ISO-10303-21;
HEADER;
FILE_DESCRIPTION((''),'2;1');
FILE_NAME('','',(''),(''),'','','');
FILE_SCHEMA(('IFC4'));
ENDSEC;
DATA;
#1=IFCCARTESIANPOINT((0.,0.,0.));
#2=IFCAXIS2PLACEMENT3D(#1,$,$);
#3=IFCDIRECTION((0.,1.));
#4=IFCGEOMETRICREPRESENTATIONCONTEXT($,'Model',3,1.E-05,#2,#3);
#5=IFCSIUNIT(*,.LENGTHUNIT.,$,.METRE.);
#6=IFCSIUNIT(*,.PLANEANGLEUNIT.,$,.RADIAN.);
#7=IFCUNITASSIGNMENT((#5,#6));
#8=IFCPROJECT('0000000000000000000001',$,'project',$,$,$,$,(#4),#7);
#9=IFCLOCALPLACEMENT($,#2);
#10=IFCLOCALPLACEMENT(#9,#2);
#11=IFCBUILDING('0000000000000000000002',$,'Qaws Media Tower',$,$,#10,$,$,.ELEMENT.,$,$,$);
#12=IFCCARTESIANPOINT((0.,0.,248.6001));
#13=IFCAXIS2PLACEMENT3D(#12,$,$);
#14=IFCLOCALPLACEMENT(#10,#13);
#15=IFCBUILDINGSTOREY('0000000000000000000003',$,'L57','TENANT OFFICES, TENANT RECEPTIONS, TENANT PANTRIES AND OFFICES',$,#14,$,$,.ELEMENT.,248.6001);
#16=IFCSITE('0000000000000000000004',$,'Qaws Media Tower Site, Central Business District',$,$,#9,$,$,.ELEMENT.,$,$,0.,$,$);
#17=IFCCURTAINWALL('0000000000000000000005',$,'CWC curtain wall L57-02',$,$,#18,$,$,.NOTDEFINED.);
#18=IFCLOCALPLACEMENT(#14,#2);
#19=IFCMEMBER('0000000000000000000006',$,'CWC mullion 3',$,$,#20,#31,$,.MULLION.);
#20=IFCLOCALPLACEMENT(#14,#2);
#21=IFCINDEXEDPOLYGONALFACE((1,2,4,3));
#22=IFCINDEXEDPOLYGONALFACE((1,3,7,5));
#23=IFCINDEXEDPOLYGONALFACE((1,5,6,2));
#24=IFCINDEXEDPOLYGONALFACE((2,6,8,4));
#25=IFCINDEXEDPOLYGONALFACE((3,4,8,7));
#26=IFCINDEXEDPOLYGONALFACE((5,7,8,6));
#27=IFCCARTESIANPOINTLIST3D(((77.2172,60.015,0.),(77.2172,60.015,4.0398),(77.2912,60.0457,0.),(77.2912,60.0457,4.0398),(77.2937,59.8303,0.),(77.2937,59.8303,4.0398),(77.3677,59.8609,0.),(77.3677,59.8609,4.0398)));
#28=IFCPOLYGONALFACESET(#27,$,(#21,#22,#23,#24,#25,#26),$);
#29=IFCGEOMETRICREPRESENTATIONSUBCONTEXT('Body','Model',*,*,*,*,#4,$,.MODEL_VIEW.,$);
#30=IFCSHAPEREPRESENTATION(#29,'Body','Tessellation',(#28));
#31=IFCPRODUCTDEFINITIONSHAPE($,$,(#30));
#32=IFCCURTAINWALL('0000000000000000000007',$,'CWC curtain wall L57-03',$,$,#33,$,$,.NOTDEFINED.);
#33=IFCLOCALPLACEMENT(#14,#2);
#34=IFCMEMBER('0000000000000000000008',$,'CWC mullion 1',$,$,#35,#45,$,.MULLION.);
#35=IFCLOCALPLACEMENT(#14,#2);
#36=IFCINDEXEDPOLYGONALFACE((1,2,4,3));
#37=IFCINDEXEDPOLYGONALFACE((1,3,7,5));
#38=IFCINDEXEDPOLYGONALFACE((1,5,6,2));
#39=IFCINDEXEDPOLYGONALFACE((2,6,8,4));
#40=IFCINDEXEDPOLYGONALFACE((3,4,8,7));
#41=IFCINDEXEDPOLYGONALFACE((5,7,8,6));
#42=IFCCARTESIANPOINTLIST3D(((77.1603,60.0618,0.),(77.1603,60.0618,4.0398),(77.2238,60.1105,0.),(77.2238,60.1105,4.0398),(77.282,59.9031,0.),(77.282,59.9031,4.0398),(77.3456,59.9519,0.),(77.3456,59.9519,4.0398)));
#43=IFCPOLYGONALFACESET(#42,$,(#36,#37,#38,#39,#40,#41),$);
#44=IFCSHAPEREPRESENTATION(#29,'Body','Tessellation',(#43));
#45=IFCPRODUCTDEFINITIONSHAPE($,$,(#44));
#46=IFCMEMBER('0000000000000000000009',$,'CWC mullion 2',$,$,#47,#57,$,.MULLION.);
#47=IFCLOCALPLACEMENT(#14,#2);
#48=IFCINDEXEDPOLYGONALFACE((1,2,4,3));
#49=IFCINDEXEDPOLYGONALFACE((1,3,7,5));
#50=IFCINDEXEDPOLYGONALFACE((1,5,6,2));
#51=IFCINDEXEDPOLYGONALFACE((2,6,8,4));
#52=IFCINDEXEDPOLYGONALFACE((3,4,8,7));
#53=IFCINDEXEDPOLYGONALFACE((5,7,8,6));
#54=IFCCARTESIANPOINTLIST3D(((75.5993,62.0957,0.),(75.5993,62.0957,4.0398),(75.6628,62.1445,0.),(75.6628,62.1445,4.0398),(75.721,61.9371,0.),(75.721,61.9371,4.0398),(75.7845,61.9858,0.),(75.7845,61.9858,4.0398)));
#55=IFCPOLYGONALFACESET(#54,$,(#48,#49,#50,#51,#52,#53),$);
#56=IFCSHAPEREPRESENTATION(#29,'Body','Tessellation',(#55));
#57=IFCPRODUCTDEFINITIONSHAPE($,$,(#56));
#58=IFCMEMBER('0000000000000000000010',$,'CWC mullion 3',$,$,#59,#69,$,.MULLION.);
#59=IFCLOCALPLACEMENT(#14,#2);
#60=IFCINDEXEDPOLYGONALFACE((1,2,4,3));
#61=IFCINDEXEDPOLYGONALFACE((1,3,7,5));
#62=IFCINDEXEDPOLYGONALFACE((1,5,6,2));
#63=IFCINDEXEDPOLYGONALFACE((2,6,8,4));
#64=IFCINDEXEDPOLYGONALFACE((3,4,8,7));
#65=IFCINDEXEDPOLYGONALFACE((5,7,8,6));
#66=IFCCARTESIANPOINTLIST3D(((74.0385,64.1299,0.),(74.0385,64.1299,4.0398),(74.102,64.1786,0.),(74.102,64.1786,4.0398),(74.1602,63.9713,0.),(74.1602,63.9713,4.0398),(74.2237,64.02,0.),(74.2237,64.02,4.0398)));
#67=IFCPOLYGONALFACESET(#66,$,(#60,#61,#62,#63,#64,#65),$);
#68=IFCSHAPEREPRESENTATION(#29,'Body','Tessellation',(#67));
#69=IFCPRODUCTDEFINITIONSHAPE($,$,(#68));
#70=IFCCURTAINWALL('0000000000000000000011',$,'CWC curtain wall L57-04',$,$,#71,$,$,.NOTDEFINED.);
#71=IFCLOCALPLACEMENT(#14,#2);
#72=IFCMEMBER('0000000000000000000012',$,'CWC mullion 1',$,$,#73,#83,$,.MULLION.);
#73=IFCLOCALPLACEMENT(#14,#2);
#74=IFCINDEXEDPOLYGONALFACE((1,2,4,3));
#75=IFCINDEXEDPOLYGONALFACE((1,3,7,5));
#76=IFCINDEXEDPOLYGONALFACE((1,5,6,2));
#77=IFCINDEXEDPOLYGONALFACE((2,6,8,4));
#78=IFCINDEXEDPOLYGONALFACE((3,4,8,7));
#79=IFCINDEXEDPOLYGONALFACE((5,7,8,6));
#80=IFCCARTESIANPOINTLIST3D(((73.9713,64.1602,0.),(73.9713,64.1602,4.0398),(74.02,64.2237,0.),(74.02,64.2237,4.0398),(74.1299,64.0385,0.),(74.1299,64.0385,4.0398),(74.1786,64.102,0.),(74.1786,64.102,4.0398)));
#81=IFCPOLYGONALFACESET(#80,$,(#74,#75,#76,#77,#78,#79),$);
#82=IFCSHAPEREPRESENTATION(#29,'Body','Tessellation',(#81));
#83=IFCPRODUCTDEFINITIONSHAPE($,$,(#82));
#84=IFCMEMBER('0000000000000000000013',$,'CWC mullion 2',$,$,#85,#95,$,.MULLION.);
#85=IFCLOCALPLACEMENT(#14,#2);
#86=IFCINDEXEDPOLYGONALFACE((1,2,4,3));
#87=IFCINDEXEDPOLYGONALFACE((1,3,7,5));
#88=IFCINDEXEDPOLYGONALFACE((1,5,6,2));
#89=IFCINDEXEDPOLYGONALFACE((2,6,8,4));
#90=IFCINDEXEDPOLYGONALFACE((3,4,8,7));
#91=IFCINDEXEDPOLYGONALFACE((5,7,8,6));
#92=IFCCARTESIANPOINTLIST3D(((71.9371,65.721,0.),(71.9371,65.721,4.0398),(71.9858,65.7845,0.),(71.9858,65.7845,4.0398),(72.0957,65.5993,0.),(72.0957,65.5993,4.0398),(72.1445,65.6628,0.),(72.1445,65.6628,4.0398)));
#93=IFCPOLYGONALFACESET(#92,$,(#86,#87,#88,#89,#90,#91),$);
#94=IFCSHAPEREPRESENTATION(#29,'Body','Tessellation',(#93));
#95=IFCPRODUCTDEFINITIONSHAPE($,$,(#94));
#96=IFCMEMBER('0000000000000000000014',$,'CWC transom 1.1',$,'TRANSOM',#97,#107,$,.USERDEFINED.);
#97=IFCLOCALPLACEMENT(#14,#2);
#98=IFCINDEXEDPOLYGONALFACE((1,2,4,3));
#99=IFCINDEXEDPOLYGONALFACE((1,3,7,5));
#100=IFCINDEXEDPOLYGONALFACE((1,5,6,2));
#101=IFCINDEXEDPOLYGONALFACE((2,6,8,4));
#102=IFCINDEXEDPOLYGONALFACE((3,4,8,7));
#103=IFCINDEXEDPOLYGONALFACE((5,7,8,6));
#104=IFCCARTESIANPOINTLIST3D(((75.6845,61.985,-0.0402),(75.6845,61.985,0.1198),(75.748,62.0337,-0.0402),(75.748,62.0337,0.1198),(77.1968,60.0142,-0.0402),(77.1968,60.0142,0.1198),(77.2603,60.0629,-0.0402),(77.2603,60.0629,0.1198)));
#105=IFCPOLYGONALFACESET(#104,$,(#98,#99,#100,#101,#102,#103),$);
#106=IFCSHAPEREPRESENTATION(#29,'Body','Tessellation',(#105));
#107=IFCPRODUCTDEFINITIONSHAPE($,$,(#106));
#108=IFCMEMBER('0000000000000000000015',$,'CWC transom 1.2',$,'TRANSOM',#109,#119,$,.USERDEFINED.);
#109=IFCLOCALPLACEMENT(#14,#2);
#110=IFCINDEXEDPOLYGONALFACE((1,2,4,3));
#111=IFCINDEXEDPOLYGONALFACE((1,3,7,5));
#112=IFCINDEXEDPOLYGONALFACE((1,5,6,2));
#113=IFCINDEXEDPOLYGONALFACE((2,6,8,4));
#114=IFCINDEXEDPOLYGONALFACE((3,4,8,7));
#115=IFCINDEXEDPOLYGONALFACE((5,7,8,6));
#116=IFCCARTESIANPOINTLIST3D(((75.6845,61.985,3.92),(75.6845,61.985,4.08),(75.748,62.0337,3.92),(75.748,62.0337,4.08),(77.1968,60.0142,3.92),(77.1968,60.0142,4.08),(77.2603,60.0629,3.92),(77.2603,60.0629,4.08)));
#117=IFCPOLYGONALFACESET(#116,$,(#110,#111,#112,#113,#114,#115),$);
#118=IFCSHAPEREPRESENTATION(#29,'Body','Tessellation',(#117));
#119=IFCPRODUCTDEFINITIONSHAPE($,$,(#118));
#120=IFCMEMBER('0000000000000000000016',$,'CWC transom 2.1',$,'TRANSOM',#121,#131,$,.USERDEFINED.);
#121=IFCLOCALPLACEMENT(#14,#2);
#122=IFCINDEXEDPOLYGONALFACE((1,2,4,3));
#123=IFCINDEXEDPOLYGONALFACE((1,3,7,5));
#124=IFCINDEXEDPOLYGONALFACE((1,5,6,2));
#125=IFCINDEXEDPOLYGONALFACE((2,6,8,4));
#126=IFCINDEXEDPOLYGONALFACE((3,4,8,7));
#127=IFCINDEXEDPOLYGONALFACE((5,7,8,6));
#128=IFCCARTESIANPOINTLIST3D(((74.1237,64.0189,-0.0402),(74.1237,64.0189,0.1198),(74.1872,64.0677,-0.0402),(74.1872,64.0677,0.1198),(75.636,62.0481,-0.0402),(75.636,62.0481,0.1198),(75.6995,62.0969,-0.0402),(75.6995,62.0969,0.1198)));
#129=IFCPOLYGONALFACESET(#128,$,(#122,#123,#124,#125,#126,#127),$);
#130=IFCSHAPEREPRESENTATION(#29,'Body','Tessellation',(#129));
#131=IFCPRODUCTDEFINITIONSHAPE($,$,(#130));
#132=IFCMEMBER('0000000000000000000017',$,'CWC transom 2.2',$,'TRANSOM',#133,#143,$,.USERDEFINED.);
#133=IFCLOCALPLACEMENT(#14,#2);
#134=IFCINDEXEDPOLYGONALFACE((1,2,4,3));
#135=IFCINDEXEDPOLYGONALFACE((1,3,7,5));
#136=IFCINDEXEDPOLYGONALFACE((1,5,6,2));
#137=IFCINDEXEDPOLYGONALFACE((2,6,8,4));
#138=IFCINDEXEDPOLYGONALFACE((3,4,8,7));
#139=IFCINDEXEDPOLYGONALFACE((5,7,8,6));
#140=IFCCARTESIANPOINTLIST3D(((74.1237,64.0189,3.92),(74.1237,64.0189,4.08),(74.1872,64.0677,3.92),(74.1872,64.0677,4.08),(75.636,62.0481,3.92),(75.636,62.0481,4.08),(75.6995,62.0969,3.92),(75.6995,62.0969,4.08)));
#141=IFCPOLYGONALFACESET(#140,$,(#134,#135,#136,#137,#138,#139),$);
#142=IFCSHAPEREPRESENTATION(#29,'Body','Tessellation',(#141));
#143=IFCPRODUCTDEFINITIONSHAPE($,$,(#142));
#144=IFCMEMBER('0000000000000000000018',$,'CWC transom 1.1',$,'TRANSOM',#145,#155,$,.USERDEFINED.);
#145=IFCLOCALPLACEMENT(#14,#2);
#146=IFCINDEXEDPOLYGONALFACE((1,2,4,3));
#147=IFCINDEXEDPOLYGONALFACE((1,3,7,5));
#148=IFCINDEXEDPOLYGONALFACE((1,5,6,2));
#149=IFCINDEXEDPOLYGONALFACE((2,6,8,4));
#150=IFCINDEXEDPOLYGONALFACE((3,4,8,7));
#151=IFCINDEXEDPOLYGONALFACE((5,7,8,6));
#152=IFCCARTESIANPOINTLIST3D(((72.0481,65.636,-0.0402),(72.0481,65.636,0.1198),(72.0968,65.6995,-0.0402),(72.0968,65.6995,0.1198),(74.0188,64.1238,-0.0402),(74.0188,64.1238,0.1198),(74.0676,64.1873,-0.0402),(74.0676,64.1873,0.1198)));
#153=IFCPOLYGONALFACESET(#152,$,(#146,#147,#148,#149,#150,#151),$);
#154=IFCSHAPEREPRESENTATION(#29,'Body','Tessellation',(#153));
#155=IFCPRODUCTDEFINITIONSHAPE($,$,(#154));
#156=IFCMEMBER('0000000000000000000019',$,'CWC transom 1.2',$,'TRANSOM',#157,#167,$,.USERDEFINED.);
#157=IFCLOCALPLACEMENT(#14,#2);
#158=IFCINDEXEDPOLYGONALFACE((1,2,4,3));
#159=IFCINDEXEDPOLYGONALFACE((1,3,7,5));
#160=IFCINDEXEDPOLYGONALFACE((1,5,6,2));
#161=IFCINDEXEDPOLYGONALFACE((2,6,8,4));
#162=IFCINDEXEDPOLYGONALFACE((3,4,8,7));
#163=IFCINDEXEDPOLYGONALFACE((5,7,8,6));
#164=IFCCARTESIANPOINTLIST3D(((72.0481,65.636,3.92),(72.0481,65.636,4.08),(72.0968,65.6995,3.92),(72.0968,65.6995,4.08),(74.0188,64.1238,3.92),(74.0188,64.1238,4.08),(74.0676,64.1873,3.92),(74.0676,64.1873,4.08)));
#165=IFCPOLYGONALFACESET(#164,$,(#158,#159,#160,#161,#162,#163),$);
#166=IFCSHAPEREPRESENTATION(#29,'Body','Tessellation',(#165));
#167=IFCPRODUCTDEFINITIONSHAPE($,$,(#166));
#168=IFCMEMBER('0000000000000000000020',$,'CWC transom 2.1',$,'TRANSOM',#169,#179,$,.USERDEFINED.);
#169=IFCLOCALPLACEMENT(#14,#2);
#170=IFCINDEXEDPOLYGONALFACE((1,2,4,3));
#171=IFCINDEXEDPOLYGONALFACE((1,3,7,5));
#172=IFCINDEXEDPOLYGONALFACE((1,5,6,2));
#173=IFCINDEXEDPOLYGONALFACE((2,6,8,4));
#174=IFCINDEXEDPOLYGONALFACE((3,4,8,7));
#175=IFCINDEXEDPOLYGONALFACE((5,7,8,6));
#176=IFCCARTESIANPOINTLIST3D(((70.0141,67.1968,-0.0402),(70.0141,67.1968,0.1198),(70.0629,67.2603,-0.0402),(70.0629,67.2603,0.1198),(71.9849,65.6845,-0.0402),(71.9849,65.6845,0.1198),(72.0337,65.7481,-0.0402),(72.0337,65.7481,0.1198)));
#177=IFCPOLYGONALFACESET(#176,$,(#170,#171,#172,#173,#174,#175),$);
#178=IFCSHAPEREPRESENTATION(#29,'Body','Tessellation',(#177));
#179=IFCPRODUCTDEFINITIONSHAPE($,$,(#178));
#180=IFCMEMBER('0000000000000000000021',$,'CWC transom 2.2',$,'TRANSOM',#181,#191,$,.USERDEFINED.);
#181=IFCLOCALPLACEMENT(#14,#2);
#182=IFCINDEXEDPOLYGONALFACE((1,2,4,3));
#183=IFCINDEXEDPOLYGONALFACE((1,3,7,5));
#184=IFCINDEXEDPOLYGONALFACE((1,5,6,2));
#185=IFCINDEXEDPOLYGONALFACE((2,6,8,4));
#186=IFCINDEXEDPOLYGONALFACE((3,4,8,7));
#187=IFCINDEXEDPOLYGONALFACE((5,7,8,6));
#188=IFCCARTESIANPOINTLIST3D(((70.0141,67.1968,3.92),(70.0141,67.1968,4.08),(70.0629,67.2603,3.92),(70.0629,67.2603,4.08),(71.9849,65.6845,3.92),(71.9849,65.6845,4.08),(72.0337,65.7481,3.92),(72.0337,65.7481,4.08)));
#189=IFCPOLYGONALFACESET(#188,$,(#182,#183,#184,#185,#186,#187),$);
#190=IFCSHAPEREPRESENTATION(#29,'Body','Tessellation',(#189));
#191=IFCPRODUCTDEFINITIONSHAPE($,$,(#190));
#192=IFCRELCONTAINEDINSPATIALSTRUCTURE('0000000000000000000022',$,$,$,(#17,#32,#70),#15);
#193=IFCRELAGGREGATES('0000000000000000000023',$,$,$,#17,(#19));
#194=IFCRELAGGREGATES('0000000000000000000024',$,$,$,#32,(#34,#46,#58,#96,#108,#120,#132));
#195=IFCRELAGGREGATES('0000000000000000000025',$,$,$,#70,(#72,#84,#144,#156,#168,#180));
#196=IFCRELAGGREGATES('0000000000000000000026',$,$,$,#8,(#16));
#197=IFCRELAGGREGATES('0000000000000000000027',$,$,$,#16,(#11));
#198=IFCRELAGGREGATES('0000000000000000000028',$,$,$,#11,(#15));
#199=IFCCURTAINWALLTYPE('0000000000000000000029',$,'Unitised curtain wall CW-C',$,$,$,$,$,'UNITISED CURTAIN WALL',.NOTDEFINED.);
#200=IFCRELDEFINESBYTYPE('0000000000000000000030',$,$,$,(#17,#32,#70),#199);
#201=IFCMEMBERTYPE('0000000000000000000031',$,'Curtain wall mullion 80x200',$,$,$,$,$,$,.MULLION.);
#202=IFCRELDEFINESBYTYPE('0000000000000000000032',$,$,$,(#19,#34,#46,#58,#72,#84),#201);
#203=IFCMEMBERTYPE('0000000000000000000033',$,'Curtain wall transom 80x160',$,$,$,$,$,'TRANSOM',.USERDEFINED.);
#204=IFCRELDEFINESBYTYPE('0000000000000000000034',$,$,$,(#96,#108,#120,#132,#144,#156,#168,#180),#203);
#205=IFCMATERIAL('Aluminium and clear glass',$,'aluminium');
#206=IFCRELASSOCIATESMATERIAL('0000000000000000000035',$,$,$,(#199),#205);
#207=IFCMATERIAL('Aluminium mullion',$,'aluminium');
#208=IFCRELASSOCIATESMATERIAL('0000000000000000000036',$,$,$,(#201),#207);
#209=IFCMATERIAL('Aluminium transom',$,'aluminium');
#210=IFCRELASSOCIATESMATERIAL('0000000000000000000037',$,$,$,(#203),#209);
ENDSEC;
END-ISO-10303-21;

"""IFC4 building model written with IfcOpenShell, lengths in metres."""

from ifc_helpers import new_model, si_unit, direction, frame, origin, origin_2d, place, context, subcontext, project, spatial, rectangle, extrude, material, material_profile, profile_set, type_object, element, aggregate, save


model = new_model("IFC4")

# Units and contexts
model_context = context("Model", 3, precision=1e-05, world=origin(), true_north=direction((0.0, 1.0)))
body_context = subcontext(model_context, "Body", "Model", "MODEL_VIEW")
ifc_project = project(units=[si_unit("LENGTHUNIT", "METRE"), si_unit("PLANEANGLEUNIT", "RADIAN")], contexts=[model_context])

# Site, building, storey
site_placement = place(None, origin())
site = spatial("IfcSite", under=ifc_project, at=site_placement, Name="Qaws Media Tower Site, Central Business District", CompositionType="ELEMENT", RefElevation=0.0)
building_placement = place(site_placement, origin())
building = spatial("IfcBuilding", under=site, at=building_placement, Name="Qaws Media Tower", CompositionType="ELEMENT")
storey_placement = place(building_placement, frame((0.0, 0.0, 248.6001)))
storey = spatial("IfcBuildingStorey", under=building, at=storey_placement, Name="L57", Description="TENANT OFFICES, TENANT RECEPTIONS, TENANT PANTRIES AND OFFICES", CompositionType="ELEMENT", Elevation=248.6001)

# Curtain wall, member
ifc_material_1 = material(Name="Aluminium and clear glass", Category="aluminium")
curtain_wall_type = type_object("IfcCurtainWallType", Name="Unitised curtain wall CW-C", ElementType="UNITISED CURTAIN WALL", PredefinedType="NOTDEFINED", material=ifc_material_1)
curtain_wall_1_placement = place(storey_placement, origin())
curtain_wall_1 = element("IfcCurtainWall", 1, at=curtain_wall_1_placement, inside=storey, type_object=curtain_wall_type, Name="CWC curtain wall L57-02", PredefinedType="NOTDEFINED")
ifc_material_2 = material(Name="Aluminium mullion", Category="aluminium")
ifc_material_profile_1 = material_profile(ifc_material_2, rectangle(XDim=0.0801, YDim=0.2, at=origin_2d()), Name="80x200")
ifc_profile_set_1 = profile_set([ifc_material_profile_1], Name="Aluminium mullion")
member_type_1 = type_object("IfcMemberType", Name="Curtain wall mullion 80x200", PredefinedType="MULLION", material=ifc_profile_set_1)
member_1_placement = place(storey_placement, frame((77.2925, 59.938, 0.0), z_axis=(0.0, 0.0, 1.0), x_axis=(-0.92388, -0.382683, 0.0)))
member_1 = element("IfcMember", 2, at=member_1_placement, type_object=member_type_1, Name="CWC mullion 3", PredefinedType="MULLION", context=body_context, shape_type="SweptSolid", body=[
    extrude(rectangle(XDim=0.0801, YDim=0.2, at=origin_2d()), origin(), (0.0, 0.0, 1.0), 4.0398),
])

# Curtain walls, members
curtain_wall_2_placement = place(storey_placement, origin())
curtain_wall_2 = element("IfcCurtainWall", 3, at=curtain_wall_2_placement, inside=storey, type_object=curtain_wall_type, Name="CWC curtain wall L57-03", PredefinedType="NOTDEFINED")
member_2_placement = place(storey_placement, frame((77.2529, 60.0068, 0.0), z_axis=(0.0, 0.0, 1.0), x_axis=(-0.793353, -0.608762, 0.0)))
member_2 = element("IfcMember", 4, at=member_2_placement, type_object=member_type_1, Name="CWC mullion 1", PredefinedType="MULLION", context=body_context, shape_type="SweptSolid", body=[
    extrude(rectangle(XDim=0.0801, YDim=0.2, at=origin_2d()), origin(), (0.0, 0.0, 1.0), 4.0398),
])
member_3_placement = place(storey_placement, frame((75.6919, 62.0408, 0.0), z_axis=(0.0, 0.0, 1.0), x_axis=(-0.793353, -0.608762, 0.0)))
member_3 = element("IfcMember", 5, at=member_3_placement, type_object=member_type_1, Name="CWC mullion 2", PredefinedType="MULLION", context=body_context, shape_type="SweptSolid", body=[
    extrude(rectangle(XDim=0.0801, YDim=0.2, at=origin_2d()), origin(), (0.0, 0.0, 1.0), 4.0398),
])
member_4_placement = place(storey_placement, frame((74.1311, 64.075, 0.0), z_axis=(0.0, 0.0, 1.0), x_axis=(-0.793353, -0.608762, 0.0)))
member_4 = element("IfcMember", 6, at=member_4_placement, type_object=member_type_1, Name="CWC mullion 3", PredefinedType="MULLION", context=body_context, shape_type="SweptSolid", body=[
    extrude(rectangle(XDim=0.0801, YDim=0.2, at=origin_2d()), origin(), (0.0, 0.0, 1.0), 4.0398),
])
curtain_wall_3_placement = place(storey_placement, origin())
curtain_wall_3 = element("IfcCurtainWall", 7, at=curtain_wall_3_placement, inside=storey, type_object=curtain_wall_type, Name="CWC curtain wall L57-04", PredefinedType="NOTDEFINED")
member_5_placement = place(storey_placement, frame((74.075, 64.1311, 0.0), z_axis=(0.0, 0.0, 1.0), x_axis=(-0.608762, -0.793353, 0.0)))
member_5 = element("IfcMember", 8, at=member_5_placement, type_object=member_type_1, Name="CWC mullion 1", PredefinedType="MULLION", context=body_context, shape_type="SweptSolid", body=[
    extrude(rectangle(XDim=0.0801, YDim=0.2, at=origin_2d()), origin(), (0.0, 0.0, 1.0), 4.0398),
])
member_6_placement = place(storey_placement, frame((72.0408, 65.6919, 0.0), z_axis=(0.0, 0.0, 1.0), x_axis=(-0.608762, -0.793353, 0.0)))
member_6 = element("IfcMember", 9, at=member_6_placement, type_object=member_type_1, Name="CWC mullion 2", PredefinedType="MULLION", context=body_context, shape_type="SweptSolid", body=[
    extrude(rectangle(XDim=0.0801, YDim=0.2, at=origin_2d()), origin(), (0.0, 0.0, 1.0), 4.0398),
])

# Members
ifc_material_3 = material(Name="Aluminium transom", Category="aluminium")
ifc_material_profile_2 = material_profile(ifc_material_3, rectangle(XDim=0.0801, YDim=0.1599, at=origin_2d()), Name="80x160")
ifc_profile_set_2 = profile_set([ifc_material_profile_2], Name="Aluminium transom")
member_type_2 = type_object("IfcMemberType", Name="Curtain wall transom 80x160", ElementType="TRANSOM", PredefinedType="USERDEFINED", material=ifc_profile_set_2)
member_7_placement = place(storey_placement, frame((77.2285, 60.0386, 0.0398), z_axis=(-0.60877, 0.793347, 0.0), x_axis=(-0.793347, -0.60877, 0.0)))
member_7 = element("IfcMember", 10, at=member_7_placement, type_object=member_type_2, Name="CWC transom 1.1", ObjectType="TRANSOM", PredefinedType="USERDEFINED", context=body_context, shape_type="SweptSolid", body=[
    extrude(rectangle(XDim=0.0801, YDim=0.1599, at=origin_2d()), origin(), (0.0, 0.0, 1.0), 2.4841),
])
member_8_placement = place(storey_placement, frame((77.2285, 60.0386, 4.0), z_axis=(-0.60877, 0.793347, 0.0), x_axis=(-0.793347, -0.60877, 0.0)))
member_8 = element("IfcMember", 11, at=member_8_placement, type_object=member_type_2, Name="CWC transom 1.2", ObjectType="TRANSOM", PredefinedType="USERDEFINED", context=body_context, shape_type="SweptSolid", body=[
    extrude(rectangle(XDim=0.0801, YDim=0.1599, at=origin_2d()), origin(), (0.0, 0.0, 1.0), 2.4841),
])
member_9_placement = place(storey_placement, frame((75.6677, 62.0725, 0.0398), z_axis=(-0.60877, 0.793347, 0.0), x_axis=(-0.793347, -0.60877, 0.0)))
member_9 = element("IfcMember", 12, at=member_9_placement, type_object=member_type_2, Name="CWC transom 2.1", ObjectType="TRANSOM", PredefinedType="USERDEFINED", context=body_context, shape_type="SweptSolid", body=[
    extrude(rectangle(XDim=0.0801, YDim=0.1599, at=origin_2d()), origin(), (0.0, 0.0, 1.0), 2.4841),
])
member_10_placement = place(storey_placement, frame((75.6677, 62.0725, 4.0), z_axis=(-0.60877, 0.793347, 0.0), x_axis=(-0.793347, -0.60877, 0.0)))
member_10 = element("IfcMember", 13, at=member_10_placement, type_object=member_type_2, Name="CWC transom 2.2", ObjectType="TRANSOM", PredefinedType="USERDEFINED", context=body_context, shape_type="SweptSolid", body=[
    extrude(rectangle(XDim=0.0801, YDim=0.1599, at=origin_2d()), origin(), (0.0, 0.0, 1.0), 2.4841),
])
member_11_placement = place(storey_placement, frame((74.0432, 64.1555, 0.0398), z_axis=(-0.793347, 0.60877, 0.0), x_axis=(-0.60877, -0.793347, 0.0)))
member_11 = element("IfcMember", 14, at=member_11_placement, type_object=member_type_2, Name="CWC transom 1.1", ObjectType="TRANSOM", PredefinedType="USERDEFINED", context=body_context, shape_type="SweptSolid", body=[
    extrude(rectangle(XDim=0.0801, YDim=0.1599, at=origin_2d()), origin(), (0.0, 0.0, 1.0), 2.4841),
])
member_12_placement = place(storey_placement, frame((74.0432, 64.1555, 4.0), z_axis=(-0.793347, 0.60877, 0.0), x_axis=(-0.60877, -0.793347, 0.0)))
member_12 = element("IfcMember", 15, at=member_12_placement, type_object=member_type_2, Name="CWC transom 1.2", ObjectType="TRANSOM", PredefinedType="USERDEFINED", context=body_context, shape_type="SweptSolid", body=[
    extrude(rectangle(XDim=0.0801, YDim=0.1599, at=origin_2d()), origin(), (0.0, 0.0, 1.0), 2.4841),
])
member_13_placement = place(storey_placement, frame((72.0093, 65.7163, 0.0398), z_axis=(-0.793347, 0.60877, 0.0), x_axis=(-0.60877, -0.793347, 0.0)))
member_13 = element("IfcMember", 16, at=member_13_placement, type_object=member_type_2, Name="CWC transom 2.1", ObjectType="TRANSOM", PredefinedType="USERDEFINED", context=body_context, shape_type="SweptSolid", body=[
    extrude(rectangle(XDim=0.0801, YDim=0.1599, at=origin_2d()), origin(), (0.0, 0.0, 1.0), 2.4841),
])
member_14_placement = place(storey_placement, frame((72.0093, 65.7163, 4.0), z_axis=(-0.793347, 0.60877, 0.0), x_axis=(-0.60877, -0.793347, 0.0)))
member_14 = element("IfcMember", 17, at=member_14_placement, type_object=member_type_2, Name="CWC transom 2.2", ObjectType="TRANSOM", PredefinedType="USERDEFINED", context=body_context, shape_type="SweptSolid", body=[
    extrude(rectangle(XDim=0.0801, YDim=0.1599, at=origin_2d()), origin(), (0.0, 0.0, 1.0), 2.4841),
])

aggregate(curtain_wall_1, [member_1])
aggregate(curtain_wall_2, [member_2, member_3, member_4, member_7, member_8, member_9, member_10])
aggregate(curtain_wall_3, [member_5, member_6, member_11, member_12, member_13, member_14])

save(model, "model.ifc")
